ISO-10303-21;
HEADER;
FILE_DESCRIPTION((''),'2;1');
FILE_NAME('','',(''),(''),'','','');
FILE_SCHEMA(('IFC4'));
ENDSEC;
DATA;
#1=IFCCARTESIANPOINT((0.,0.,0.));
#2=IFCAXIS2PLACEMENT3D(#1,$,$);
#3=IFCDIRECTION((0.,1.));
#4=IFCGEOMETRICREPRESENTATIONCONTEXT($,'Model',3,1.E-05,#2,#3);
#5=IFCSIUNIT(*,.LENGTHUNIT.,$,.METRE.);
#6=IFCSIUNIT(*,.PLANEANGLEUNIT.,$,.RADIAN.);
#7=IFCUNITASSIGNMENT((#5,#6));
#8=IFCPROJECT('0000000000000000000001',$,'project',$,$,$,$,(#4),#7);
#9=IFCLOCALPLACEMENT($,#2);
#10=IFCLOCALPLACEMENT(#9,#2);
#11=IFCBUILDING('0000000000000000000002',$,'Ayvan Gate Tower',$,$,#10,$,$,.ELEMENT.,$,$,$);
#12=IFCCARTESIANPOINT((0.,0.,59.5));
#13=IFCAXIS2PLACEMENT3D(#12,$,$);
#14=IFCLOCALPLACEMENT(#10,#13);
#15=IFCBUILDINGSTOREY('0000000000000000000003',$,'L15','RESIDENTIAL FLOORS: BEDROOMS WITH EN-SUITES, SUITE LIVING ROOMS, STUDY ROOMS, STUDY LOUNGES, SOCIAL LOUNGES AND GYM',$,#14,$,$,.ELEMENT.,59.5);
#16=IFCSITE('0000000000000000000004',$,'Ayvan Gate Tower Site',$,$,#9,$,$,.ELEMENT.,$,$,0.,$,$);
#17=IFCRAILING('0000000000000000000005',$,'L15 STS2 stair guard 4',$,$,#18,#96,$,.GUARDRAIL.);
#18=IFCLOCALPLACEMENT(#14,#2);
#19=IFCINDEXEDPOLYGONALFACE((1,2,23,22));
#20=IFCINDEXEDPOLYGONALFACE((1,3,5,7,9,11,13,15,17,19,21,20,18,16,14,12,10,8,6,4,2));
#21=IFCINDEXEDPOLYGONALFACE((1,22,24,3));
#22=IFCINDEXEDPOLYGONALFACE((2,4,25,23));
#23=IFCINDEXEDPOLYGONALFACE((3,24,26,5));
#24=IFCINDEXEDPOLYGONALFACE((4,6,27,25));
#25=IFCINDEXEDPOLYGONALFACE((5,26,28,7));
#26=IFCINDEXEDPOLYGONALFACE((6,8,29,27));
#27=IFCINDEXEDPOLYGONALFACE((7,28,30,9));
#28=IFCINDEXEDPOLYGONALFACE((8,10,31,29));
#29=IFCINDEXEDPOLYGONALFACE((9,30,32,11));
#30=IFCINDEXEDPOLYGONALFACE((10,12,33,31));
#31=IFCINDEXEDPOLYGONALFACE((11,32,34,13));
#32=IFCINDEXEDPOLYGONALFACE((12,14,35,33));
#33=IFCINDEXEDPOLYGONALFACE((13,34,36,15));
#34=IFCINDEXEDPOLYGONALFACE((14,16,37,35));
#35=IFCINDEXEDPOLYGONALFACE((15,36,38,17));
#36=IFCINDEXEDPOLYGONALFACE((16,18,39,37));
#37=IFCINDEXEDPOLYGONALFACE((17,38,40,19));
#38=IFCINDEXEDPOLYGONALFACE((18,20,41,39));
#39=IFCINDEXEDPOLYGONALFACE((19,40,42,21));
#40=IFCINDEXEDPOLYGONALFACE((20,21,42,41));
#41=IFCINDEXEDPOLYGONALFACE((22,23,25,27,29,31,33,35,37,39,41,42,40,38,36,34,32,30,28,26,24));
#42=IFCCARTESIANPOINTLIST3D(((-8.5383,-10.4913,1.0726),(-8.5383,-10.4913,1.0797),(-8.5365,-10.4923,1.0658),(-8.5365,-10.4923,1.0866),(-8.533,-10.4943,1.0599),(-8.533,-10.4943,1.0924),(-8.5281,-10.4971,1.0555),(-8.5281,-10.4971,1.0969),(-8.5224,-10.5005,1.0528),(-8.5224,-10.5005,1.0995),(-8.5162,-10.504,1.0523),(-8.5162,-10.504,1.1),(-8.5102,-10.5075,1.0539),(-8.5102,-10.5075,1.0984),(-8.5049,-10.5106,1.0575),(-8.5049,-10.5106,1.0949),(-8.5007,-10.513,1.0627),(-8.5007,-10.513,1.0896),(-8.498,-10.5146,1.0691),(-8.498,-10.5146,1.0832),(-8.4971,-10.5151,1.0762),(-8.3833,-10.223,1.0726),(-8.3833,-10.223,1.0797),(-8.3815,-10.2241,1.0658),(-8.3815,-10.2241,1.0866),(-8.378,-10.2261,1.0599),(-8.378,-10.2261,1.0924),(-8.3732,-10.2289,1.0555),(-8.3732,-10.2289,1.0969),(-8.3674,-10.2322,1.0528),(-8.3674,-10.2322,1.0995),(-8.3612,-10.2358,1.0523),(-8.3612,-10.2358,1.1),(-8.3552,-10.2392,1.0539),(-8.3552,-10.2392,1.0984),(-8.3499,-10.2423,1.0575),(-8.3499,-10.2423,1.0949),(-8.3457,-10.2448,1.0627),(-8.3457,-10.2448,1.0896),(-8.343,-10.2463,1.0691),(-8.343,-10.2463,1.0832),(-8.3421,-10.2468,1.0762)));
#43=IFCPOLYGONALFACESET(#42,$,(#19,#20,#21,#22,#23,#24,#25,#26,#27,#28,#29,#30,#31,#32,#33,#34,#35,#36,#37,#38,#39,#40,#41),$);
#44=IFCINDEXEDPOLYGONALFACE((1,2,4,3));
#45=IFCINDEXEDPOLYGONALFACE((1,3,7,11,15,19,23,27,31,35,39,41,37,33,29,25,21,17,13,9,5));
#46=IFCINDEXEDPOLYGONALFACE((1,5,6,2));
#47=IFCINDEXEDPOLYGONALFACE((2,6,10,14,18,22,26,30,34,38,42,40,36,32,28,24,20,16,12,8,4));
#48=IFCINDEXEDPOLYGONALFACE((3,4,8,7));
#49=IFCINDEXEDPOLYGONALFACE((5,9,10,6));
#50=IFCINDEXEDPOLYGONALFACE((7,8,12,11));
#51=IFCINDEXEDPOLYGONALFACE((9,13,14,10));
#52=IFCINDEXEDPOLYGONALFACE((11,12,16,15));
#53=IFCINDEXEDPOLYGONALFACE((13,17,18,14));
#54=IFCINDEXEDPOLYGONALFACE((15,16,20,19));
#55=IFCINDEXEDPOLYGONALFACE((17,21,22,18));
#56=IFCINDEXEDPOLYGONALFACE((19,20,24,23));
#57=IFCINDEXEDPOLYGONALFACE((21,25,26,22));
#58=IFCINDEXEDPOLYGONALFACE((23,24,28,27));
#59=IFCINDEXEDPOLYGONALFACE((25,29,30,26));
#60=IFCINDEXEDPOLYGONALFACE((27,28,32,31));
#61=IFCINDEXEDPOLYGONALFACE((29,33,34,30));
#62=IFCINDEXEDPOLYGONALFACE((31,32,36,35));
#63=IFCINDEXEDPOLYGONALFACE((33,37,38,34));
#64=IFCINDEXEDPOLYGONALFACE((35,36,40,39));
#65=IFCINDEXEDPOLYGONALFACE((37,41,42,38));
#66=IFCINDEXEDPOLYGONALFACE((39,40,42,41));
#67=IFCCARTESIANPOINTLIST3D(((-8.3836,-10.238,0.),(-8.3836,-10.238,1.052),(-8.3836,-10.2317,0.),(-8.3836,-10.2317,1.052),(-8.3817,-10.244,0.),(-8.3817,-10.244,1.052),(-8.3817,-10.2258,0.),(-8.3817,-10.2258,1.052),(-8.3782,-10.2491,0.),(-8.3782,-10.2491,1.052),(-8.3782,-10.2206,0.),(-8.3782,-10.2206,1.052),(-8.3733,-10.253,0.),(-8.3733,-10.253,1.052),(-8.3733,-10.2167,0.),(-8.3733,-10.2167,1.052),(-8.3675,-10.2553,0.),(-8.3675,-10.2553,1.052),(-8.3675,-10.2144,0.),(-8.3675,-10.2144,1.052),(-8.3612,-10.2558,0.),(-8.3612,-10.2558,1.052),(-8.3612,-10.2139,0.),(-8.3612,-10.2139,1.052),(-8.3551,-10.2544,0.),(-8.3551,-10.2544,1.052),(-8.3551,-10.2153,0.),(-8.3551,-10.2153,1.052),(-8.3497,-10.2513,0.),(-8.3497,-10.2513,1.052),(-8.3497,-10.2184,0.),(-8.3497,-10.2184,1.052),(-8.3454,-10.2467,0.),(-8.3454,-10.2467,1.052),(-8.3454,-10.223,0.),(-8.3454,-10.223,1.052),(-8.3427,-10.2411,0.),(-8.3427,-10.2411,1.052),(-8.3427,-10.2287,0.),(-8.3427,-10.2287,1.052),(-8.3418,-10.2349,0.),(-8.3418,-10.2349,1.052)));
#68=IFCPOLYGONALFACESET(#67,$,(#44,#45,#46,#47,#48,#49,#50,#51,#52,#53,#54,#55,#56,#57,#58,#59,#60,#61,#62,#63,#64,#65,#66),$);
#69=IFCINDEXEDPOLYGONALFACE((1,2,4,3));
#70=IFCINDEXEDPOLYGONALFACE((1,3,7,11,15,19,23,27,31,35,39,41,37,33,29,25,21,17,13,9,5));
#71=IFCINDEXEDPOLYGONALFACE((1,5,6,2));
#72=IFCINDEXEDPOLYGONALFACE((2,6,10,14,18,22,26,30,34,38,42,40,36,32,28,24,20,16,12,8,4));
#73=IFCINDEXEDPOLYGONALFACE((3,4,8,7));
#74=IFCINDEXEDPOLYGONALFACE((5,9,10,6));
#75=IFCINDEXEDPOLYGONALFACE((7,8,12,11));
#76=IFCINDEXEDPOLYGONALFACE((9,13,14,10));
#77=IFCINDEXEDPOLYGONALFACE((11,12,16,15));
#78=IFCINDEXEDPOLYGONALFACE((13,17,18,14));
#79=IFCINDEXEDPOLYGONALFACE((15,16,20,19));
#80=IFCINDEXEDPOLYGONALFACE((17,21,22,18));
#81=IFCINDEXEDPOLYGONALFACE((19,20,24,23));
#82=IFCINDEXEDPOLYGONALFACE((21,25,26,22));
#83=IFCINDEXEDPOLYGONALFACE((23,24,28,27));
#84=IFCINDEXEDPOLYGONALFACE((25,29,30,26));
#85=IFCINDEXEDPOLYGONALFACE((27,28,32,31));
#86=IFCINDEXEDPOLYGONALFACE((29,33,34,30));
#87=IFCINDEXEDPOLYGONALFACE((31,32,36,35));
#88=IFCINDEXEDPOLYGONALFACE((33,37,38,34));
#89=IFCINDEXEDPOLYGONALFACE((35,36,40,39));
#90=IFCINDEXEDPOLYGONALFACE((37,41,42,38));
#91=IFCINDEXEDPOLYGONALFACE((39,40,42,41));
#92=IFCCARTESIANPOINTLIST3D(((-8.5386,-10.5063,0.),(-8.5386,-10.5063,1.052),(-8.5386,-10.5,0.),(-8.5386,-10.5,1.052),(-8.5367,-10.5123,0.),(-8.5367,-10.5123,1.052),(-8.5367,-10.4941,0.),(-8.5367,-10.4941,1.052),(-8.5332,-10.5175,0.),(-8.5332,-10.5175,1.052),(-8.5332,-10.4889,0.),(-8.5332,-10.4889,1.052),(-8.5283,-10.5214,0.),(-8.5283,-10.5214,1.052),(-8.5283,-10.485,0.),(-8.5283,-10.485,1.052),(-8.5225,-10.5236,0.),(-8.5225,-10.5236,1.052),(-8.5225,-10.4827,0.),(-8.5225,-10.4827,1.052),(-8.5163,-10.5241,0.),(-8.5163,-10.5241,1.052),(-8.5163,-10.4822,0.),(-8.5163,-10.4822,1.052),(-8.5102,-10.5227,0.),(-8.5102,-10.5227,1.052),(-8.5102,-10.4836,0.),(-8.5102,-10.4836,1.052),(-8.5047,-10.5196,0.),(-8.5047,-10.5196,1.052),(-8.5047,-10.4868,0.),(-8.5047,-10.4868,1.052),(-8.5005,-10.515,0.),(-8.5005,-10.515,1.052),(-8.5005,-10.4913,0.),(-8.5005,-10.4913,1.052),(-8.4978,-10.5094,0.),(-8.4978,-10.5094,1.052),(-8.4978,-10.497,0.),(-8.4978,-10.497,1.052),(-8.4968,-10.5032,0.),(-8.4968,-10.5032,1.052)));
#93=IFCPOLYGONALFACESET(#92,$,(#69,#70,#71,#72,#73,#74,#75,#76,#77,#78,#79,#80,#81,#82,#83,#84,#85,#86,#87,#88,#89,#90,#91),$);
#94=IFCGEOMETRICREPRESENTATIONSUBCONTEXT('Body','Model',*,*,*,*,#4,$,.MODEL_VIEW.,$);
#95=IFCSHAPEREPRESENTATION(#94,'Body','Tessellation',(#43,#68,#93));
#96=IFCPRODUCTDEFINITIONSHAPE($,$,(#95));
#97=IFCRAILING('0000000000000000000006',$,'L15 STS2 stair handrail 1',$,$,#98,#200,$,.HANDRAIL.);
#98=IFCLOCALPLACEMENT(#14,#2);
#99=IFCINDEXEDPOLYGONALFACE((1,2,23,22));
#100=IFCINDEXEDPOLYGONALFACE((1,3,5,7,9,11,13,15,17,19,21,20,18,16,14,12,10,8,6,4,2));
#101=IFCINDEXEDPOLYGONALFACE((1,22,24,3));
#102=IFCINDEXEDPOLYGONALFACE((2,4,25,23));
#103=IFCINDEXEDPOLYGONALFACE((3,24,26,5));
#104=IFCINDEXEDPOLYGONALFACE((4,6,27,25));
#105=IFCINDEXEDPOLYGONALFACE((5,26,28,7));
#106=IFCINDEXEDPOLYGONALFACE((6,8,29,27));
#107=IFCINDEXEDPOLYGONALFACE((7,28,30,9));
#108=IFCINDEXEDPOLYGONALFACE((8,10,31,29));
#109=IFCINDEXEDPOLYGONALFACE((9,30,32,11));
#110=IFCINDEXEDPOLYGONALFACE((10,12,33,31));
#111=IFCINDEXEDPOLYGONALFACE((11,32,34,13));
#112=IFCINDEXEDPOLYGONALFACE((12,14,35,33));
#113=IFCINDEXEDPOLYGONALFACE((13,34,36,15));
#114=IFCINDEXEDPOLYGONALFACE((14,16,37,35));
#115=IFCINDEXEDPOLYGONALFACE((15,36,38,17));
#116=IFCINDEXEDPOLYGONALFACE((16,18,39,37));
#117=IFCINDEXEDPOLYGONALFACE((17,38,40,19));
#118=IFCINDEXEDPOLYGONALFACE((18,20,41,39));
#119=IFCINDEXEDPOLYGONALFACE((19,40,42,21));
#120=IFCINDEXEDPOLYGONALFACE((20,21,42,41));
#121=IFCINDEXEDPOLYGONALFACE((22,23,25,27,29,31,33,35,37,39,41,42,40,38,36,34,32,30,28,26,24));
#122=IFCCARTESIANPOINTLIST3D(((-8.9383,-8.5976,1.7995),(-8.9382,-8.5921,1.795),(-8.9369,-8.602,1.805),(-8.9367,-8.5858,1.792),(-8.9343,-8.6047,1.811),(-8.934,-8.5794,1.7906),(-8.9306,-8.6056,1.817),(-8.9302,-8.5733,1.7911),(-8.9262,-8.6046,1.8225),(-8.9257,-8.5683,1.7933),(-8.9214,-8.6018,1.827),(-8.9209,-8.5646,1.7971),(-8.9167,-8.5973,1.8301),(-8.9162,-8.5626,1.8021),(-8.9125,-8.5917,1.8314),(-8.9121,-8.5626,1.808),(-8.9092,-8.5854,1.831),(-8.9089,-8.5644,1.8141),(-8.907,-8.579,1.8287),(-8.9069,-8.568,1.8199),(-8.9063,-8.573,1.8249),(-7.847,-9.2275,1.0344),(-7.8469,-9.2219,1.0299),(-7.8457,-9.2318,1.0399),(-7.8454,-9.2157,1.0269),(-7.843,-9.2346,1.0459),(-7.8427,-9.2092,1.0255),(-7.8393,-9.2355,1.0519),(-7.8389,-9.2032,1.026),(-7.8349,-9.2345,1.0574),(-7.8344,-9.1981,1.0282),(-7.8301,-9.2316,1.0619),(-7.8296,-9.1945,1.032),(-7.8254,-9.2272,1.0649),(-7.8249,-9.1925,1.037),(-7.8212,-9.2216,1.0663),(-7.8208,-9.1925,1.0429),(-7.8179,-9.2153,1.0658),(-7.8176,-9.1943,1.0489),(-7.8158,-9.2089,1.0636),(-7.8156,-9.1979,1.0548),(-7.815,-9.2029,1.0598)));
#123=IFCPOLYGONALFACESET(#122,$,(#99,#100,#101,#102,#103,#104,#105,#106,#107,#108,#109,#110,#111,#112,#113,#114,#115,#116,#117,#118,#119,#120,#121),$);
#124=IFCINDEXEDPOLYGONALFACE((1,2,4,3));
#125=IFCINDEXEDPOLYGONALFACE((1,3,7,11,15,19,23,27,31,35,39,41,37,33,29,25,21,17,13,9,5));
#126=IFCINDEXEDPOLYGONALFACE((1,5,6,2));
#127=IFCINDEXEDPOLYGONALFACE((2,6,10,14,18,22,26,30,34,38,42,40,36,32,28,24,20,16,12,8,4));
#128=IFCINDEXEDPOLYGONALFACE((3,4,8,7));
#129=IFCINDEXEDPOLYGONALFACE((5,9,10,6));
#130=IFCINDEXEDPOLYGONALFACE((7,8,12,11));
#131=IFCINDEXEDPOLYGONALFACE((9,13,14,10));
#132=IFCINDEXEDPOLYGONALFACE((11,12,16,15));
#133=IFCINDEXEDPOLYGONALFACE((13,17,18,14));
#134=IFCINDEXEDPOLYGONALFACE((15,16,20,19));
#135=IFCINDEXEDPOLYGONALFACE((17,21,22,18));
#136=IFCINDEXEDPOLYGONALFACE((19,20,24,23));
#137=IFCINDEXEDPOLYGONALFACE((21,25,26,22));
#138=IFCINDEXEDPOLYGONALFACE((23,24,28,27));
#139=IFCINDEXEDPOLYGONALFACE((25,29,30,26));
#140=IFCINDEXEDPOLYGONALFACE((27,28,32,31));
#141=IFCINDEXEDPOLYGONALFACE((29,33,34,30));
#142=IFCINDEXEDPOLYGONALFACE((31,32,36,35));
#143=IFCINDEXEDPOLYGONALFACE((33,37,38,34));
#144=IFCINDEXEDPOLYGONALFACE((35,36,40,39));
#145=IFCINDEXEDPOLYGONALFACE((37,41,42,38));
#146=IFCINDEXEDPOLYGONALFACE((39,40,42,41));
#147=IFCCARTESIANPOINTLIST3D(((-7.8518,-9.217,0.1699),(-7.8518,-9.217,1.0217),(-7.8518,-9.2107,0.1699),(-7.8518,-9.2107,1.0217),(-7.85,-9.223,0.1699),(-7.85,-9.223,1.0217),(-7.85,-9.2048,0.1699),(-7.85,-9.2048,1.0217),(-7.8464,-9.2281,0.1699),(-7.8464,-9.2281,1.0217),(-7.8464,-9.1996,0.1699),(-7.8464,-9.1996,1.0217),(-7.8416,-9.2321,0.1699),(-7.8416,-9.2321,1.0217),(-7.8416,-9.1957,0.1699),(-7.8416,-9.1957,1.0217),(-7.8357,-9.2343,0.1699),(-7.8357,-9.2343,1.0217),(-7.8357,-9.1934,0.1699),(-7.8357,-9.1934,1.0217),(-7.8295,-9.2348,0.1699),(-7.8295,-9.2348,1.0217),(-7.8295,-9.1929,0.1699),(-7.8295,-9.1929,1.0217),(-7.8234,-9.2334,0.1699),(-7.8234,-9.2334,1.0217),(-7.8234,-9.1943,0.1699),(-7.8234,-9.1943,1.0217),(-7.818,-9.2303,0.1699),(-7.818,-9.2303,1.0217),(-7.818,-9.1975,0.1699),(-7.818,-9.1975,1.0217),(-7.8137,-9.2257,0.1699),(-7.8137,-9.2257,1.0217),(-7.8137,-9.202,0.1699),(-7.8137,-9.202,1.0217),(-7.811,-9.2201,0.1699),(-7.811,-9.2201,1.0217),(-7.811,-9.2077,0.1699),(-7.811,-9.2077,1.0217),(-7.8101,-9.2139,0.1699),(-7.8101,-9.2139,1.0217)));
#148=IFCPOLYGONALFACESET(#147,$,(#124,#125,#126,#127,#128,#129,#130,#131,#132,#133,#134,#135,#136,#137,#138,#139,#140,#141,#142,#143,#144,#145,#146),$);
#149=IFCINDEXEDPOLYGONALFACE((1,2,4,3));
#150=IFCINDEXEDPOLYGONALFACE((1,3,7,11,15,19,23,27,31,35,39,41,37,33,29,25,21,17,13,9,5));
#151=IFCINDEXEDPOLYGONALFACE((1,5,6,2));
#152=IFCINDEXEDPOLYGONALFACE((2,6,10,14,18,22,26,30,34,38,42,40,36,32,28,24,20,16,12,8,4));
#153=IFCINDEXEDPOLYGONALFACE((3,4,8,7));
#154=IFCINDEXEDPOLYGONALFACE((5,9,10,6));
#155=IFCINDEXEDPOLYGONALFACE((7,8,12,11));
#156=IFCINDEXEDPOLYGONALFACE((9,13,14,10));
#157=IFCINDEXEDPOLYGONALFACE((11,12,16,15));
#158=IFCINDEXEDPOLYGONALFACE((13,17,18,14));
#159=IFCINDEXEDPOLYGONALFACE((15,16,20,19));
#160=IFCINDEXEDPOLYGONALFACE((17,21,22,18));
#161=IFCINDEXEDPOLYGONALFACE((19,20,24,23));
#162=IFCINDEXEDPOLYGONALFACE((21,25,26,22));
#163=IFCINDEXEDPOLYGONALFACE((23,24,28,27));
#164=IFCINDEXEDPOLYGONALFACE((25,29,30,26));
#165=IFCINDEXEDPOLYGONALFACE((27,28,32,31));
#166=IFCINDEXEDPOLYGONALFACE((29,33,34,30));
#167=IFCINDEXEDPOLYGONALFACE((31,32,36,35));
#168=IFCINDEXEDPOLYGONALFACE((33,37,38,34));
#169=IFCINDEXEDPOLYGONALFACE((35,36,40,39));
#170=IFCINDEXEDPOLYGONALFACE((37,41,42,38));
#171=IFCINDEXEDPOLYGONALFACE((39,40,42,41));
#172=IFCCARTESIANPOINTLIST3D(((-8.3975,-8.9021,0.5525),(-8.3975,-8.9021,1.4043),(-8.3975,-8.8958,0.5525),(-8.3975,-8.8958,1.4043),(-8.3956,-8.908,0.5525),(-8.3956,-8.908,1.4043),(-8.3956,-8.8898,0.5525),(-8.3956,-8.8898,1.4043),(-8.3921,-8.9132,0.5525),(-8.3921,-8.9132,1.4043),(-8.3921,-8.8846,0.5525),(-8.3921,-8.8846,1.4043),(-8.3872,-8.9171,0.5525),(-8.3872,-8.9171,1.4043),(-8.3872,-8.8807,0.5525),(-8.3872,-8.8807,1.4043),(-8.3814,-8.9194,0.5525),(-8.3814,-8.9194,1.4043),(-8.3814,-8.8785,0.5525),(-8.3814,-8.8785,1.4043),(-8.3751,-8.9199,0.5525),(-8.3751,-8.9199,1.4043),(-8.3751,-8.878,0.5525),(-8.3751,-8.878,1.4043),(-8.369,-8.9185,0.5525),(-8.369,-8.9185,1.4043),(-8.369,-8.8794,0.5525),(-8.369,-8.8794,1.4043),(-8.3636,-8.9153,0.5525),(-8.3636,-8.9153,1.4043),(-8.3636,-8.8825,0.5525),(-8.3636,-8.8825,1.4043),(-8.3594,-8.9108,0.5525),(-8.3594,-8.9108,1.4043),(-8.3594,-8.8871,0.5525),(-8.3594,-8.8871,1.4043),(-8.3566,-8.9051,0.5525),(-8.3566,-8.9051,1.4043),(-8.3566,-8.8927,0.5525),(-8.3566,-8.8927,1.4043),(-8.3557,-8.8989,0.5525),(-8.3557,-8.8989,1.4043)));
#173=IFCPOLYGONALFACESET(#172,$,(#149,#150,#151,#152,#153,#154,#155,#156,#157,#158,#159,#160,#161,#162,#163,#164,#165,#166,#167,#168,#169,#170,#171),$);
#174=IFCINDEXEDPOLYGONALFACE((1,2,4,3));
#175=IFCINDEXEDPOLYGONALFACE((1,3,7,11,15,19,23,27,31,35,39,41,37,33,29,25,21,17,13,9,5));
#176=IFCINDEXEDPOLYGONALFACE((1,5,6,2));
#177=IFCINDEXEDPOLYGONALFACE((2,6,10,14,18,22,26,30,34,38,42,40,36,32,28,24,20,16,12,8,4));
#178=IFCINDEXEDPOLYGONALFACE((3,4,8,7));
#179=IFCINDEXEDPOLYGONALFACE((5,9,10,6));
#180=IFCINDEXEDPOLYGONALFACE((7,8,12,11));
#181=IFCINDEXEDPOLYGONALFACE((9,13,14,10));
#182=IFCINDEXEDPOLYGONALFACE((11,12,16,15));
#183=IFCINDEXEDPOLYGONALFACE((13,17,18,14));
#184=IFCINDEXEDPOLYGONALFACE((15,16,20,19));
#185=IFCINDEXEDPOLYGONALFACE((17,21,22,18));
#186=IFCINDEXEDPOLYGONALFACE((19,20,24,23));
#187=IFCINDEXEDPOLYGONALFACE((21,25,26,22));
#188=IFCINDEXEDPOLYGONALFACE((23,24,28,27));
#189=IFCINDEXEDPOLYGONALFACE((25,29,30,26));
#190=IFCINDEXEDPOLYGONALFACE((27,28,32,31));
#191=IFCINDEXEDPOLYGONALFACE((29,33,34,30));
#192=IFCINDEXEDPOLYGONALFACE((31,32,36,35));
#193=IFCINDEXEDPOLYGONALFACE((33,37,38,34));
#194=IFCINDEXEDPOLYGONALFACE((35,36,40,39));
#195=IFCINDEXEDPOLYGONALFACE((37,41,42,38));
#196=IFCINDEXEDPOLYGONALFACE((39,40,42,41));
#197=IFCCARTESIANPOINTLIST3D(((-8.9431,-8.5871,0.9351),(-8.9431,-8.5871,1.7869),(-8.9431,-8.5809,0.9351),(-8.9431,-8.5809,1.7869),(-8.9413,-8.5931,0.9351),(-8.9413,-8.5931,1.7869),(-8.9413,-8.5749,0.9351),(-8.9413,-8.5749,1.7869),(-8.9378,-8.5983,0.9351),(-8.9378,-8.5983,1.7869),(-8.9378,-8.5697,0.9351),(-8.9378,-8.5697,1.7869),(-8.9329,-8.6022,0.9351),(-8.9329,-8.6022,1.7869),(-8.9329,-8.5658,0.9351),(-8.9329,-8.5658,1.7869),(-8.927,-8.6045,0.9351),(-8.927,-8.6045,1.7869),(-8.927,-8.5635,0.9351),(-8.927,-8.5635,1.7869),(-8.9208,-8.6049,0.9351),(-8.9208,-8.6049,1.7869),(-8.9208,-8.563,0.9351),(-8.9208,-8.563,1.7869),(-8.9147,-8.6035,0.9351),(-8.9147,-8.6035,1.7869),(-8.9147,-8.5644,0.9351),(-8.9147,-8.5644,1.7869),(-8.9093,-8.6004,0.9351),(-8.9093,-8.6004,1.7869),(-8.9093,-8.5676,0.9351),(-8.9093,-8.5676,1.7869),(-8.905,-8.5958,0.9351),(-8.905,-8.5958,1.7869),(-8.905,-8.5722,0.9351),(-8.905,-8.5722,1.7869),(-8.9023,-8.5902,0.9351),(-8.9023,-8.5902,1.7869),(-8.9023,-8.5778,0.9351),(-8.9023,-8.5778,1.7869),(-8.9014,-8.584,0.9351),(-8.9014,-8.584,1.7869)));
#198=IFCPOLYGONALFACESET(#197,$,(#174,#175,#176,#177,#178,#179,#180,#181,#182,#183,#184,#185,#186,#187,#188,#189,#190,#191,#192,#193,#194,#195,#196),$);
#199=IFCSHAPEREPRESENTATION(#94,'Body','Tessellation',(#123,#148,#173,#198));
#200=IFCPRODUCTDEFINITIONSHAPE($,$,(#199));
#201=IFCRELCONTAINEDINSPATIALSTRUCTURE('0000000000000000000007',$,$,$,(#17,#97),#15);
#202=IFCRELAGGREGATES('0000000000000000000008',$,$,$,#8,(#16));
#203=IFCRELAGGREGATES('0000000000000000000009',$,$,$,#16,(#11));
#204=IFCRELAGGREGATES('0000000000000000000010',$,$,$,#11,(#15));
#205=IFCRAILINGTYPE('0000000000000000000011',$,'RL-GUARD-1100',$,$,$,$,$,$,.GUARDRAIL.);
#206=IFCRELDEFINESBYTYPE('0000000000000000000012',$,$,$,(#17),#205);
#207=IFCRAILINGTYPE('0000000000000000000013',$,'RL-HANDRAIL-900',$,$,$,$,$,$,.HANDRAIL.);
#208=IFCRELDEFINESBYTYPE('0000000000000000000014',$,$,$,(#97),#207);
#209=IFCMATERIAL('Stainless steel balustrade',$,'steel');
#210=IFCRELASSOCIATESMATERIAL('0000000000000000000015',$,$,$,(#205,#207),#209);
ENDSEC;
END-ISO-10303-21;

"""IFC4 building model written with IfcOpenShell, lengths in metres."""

from ifc_helpers import new_model, si_unit, direction, frame, origin, origin_2d, place, context, subcontext, project, spatial, circle, extrude, material, type_object, element, save


model = new_model("IFC4")

# Units and contexts
model_context = context("Model", 3, precision=1e-05, world=origin(), true_north=direction((0.0, 1.0)))
body_context = subcontext(model_context, "Body", "Model", "MODEL_VIEW")
ifc_project = project(units=[si_unit("LENGTHUNIT", "METRE"), si_unit("PLANEANGLEUNIT", "RADIAN")], contexts=[model_context])

# Site, building, storey
site_placement = place(None, origin())
site = spatial("IfcSite", under=ifc_project, at=site_placement, Name="Ayvan Gate Tower Site", CompositionType="ELEMENT", RefElevation=0.0)
building_placement = place(site_placement, origin())
building = spatial("IfcBuilding", under=site, at=building_placement, Name="Ayvan Gate Tower", CompositionType="ELEMENT")
storey_placement = place(building_placement, frame((0.0, 0.0, 59.5)))
storey = spatial("IfcBuildingStorey", under=building, at=storey_placement, Name="L15", Description="RESIDENTIAL FLOORS: BEDROOMS WITH EN-SUITES, SUITE LIVING ROOMS, STUDY ROOMS, STUDY LOUNGES, SOCIAL LOUNGES AND GYM", CompositionType="ELEMENT", Elevation=59.5)

# Railings
ifc_material_1 = material(Name="Stainless steel balustrade", Category="steel")
railing_type_1 = type_object("IfcRailingType", Name="RL-GUARD-1100", PredefinedType="GUARDRAIL", material=ifc_material_1)
railing_1_placement = place(storey_placement, frame((-8.3628, -10.2349, 0.0)))
element("IfcRailing", 1, at=railing_1_placement, inside=storey, type_object=railing_type_1, Name="L15 STS2 stair guard 4", PredefinedType="GUARDRAIL", context=body_context, shape_type="SweptSolid", body=[
    extrude(circle(Radius=0.0239, at=origin_2d()), frame((0.0, 0.0, 1.0762), z_axis=(-0.500291, -0.865857, 0.0), x_axis=(0.865857, -0.500291, 0.0)), (0.0, 0.0, 1.0), 0.3098),
    extrude(circle(Radius=0.021, at=origin_2d()), origin(), (0.0, 0.0, 1.0), 1.052),
    extrude(circle(Radius=0.021, at=origin_2d()), frame((-0.155, -0.2683, 0.0)), (0.0, 0.0, 1.0), 1.052),
])
railing_type_2 = type_object("IfcRailingType", Name="RL-HANDRAIL-900", PredefinedType="HANDRAIL", material=ifc_material_1)
railing_2_placement = place(storey_placement, frame((-7.8311, -9.2139, 0.1699)))
element("IfcRailing", 2, at=railing_2_placement, inside=storey, type_object=railing_type_2, Name="L15 STS2 stair handrail 1", PredefinedType="HANDRAIL", context=body_context, shape_type="SweptSolid", body=[
    extrude(circle(Radius=0.0239, at=origin_2d()), frame((0.0, 0.0, 0.876), z_axis=(-0.740293, 0.427283, 0.519033), x_axis=(-0.49989, -0.866089, 0.0)), (0.0, 0.0, 1.0), 1.4741),
    extrude(circle(Radius=0.021, at=origin_2d()), origin(), (0.0, 0.0, 1.0), 0.8518),
    extrude(circle(Radius=0.021, at=origin_2d()), frame((-0.5457, 0.3149, 0.3826)), (0.0, 0.0, 1.0), 0.8518),
    extrude(circle(Radius=0.021, at=origin_2d()), frame((-1.0913, 0.6299, 0.7651)), (0.0, 0.0, 1.0), 0.8518),
])

save(model, "model.ifc")
